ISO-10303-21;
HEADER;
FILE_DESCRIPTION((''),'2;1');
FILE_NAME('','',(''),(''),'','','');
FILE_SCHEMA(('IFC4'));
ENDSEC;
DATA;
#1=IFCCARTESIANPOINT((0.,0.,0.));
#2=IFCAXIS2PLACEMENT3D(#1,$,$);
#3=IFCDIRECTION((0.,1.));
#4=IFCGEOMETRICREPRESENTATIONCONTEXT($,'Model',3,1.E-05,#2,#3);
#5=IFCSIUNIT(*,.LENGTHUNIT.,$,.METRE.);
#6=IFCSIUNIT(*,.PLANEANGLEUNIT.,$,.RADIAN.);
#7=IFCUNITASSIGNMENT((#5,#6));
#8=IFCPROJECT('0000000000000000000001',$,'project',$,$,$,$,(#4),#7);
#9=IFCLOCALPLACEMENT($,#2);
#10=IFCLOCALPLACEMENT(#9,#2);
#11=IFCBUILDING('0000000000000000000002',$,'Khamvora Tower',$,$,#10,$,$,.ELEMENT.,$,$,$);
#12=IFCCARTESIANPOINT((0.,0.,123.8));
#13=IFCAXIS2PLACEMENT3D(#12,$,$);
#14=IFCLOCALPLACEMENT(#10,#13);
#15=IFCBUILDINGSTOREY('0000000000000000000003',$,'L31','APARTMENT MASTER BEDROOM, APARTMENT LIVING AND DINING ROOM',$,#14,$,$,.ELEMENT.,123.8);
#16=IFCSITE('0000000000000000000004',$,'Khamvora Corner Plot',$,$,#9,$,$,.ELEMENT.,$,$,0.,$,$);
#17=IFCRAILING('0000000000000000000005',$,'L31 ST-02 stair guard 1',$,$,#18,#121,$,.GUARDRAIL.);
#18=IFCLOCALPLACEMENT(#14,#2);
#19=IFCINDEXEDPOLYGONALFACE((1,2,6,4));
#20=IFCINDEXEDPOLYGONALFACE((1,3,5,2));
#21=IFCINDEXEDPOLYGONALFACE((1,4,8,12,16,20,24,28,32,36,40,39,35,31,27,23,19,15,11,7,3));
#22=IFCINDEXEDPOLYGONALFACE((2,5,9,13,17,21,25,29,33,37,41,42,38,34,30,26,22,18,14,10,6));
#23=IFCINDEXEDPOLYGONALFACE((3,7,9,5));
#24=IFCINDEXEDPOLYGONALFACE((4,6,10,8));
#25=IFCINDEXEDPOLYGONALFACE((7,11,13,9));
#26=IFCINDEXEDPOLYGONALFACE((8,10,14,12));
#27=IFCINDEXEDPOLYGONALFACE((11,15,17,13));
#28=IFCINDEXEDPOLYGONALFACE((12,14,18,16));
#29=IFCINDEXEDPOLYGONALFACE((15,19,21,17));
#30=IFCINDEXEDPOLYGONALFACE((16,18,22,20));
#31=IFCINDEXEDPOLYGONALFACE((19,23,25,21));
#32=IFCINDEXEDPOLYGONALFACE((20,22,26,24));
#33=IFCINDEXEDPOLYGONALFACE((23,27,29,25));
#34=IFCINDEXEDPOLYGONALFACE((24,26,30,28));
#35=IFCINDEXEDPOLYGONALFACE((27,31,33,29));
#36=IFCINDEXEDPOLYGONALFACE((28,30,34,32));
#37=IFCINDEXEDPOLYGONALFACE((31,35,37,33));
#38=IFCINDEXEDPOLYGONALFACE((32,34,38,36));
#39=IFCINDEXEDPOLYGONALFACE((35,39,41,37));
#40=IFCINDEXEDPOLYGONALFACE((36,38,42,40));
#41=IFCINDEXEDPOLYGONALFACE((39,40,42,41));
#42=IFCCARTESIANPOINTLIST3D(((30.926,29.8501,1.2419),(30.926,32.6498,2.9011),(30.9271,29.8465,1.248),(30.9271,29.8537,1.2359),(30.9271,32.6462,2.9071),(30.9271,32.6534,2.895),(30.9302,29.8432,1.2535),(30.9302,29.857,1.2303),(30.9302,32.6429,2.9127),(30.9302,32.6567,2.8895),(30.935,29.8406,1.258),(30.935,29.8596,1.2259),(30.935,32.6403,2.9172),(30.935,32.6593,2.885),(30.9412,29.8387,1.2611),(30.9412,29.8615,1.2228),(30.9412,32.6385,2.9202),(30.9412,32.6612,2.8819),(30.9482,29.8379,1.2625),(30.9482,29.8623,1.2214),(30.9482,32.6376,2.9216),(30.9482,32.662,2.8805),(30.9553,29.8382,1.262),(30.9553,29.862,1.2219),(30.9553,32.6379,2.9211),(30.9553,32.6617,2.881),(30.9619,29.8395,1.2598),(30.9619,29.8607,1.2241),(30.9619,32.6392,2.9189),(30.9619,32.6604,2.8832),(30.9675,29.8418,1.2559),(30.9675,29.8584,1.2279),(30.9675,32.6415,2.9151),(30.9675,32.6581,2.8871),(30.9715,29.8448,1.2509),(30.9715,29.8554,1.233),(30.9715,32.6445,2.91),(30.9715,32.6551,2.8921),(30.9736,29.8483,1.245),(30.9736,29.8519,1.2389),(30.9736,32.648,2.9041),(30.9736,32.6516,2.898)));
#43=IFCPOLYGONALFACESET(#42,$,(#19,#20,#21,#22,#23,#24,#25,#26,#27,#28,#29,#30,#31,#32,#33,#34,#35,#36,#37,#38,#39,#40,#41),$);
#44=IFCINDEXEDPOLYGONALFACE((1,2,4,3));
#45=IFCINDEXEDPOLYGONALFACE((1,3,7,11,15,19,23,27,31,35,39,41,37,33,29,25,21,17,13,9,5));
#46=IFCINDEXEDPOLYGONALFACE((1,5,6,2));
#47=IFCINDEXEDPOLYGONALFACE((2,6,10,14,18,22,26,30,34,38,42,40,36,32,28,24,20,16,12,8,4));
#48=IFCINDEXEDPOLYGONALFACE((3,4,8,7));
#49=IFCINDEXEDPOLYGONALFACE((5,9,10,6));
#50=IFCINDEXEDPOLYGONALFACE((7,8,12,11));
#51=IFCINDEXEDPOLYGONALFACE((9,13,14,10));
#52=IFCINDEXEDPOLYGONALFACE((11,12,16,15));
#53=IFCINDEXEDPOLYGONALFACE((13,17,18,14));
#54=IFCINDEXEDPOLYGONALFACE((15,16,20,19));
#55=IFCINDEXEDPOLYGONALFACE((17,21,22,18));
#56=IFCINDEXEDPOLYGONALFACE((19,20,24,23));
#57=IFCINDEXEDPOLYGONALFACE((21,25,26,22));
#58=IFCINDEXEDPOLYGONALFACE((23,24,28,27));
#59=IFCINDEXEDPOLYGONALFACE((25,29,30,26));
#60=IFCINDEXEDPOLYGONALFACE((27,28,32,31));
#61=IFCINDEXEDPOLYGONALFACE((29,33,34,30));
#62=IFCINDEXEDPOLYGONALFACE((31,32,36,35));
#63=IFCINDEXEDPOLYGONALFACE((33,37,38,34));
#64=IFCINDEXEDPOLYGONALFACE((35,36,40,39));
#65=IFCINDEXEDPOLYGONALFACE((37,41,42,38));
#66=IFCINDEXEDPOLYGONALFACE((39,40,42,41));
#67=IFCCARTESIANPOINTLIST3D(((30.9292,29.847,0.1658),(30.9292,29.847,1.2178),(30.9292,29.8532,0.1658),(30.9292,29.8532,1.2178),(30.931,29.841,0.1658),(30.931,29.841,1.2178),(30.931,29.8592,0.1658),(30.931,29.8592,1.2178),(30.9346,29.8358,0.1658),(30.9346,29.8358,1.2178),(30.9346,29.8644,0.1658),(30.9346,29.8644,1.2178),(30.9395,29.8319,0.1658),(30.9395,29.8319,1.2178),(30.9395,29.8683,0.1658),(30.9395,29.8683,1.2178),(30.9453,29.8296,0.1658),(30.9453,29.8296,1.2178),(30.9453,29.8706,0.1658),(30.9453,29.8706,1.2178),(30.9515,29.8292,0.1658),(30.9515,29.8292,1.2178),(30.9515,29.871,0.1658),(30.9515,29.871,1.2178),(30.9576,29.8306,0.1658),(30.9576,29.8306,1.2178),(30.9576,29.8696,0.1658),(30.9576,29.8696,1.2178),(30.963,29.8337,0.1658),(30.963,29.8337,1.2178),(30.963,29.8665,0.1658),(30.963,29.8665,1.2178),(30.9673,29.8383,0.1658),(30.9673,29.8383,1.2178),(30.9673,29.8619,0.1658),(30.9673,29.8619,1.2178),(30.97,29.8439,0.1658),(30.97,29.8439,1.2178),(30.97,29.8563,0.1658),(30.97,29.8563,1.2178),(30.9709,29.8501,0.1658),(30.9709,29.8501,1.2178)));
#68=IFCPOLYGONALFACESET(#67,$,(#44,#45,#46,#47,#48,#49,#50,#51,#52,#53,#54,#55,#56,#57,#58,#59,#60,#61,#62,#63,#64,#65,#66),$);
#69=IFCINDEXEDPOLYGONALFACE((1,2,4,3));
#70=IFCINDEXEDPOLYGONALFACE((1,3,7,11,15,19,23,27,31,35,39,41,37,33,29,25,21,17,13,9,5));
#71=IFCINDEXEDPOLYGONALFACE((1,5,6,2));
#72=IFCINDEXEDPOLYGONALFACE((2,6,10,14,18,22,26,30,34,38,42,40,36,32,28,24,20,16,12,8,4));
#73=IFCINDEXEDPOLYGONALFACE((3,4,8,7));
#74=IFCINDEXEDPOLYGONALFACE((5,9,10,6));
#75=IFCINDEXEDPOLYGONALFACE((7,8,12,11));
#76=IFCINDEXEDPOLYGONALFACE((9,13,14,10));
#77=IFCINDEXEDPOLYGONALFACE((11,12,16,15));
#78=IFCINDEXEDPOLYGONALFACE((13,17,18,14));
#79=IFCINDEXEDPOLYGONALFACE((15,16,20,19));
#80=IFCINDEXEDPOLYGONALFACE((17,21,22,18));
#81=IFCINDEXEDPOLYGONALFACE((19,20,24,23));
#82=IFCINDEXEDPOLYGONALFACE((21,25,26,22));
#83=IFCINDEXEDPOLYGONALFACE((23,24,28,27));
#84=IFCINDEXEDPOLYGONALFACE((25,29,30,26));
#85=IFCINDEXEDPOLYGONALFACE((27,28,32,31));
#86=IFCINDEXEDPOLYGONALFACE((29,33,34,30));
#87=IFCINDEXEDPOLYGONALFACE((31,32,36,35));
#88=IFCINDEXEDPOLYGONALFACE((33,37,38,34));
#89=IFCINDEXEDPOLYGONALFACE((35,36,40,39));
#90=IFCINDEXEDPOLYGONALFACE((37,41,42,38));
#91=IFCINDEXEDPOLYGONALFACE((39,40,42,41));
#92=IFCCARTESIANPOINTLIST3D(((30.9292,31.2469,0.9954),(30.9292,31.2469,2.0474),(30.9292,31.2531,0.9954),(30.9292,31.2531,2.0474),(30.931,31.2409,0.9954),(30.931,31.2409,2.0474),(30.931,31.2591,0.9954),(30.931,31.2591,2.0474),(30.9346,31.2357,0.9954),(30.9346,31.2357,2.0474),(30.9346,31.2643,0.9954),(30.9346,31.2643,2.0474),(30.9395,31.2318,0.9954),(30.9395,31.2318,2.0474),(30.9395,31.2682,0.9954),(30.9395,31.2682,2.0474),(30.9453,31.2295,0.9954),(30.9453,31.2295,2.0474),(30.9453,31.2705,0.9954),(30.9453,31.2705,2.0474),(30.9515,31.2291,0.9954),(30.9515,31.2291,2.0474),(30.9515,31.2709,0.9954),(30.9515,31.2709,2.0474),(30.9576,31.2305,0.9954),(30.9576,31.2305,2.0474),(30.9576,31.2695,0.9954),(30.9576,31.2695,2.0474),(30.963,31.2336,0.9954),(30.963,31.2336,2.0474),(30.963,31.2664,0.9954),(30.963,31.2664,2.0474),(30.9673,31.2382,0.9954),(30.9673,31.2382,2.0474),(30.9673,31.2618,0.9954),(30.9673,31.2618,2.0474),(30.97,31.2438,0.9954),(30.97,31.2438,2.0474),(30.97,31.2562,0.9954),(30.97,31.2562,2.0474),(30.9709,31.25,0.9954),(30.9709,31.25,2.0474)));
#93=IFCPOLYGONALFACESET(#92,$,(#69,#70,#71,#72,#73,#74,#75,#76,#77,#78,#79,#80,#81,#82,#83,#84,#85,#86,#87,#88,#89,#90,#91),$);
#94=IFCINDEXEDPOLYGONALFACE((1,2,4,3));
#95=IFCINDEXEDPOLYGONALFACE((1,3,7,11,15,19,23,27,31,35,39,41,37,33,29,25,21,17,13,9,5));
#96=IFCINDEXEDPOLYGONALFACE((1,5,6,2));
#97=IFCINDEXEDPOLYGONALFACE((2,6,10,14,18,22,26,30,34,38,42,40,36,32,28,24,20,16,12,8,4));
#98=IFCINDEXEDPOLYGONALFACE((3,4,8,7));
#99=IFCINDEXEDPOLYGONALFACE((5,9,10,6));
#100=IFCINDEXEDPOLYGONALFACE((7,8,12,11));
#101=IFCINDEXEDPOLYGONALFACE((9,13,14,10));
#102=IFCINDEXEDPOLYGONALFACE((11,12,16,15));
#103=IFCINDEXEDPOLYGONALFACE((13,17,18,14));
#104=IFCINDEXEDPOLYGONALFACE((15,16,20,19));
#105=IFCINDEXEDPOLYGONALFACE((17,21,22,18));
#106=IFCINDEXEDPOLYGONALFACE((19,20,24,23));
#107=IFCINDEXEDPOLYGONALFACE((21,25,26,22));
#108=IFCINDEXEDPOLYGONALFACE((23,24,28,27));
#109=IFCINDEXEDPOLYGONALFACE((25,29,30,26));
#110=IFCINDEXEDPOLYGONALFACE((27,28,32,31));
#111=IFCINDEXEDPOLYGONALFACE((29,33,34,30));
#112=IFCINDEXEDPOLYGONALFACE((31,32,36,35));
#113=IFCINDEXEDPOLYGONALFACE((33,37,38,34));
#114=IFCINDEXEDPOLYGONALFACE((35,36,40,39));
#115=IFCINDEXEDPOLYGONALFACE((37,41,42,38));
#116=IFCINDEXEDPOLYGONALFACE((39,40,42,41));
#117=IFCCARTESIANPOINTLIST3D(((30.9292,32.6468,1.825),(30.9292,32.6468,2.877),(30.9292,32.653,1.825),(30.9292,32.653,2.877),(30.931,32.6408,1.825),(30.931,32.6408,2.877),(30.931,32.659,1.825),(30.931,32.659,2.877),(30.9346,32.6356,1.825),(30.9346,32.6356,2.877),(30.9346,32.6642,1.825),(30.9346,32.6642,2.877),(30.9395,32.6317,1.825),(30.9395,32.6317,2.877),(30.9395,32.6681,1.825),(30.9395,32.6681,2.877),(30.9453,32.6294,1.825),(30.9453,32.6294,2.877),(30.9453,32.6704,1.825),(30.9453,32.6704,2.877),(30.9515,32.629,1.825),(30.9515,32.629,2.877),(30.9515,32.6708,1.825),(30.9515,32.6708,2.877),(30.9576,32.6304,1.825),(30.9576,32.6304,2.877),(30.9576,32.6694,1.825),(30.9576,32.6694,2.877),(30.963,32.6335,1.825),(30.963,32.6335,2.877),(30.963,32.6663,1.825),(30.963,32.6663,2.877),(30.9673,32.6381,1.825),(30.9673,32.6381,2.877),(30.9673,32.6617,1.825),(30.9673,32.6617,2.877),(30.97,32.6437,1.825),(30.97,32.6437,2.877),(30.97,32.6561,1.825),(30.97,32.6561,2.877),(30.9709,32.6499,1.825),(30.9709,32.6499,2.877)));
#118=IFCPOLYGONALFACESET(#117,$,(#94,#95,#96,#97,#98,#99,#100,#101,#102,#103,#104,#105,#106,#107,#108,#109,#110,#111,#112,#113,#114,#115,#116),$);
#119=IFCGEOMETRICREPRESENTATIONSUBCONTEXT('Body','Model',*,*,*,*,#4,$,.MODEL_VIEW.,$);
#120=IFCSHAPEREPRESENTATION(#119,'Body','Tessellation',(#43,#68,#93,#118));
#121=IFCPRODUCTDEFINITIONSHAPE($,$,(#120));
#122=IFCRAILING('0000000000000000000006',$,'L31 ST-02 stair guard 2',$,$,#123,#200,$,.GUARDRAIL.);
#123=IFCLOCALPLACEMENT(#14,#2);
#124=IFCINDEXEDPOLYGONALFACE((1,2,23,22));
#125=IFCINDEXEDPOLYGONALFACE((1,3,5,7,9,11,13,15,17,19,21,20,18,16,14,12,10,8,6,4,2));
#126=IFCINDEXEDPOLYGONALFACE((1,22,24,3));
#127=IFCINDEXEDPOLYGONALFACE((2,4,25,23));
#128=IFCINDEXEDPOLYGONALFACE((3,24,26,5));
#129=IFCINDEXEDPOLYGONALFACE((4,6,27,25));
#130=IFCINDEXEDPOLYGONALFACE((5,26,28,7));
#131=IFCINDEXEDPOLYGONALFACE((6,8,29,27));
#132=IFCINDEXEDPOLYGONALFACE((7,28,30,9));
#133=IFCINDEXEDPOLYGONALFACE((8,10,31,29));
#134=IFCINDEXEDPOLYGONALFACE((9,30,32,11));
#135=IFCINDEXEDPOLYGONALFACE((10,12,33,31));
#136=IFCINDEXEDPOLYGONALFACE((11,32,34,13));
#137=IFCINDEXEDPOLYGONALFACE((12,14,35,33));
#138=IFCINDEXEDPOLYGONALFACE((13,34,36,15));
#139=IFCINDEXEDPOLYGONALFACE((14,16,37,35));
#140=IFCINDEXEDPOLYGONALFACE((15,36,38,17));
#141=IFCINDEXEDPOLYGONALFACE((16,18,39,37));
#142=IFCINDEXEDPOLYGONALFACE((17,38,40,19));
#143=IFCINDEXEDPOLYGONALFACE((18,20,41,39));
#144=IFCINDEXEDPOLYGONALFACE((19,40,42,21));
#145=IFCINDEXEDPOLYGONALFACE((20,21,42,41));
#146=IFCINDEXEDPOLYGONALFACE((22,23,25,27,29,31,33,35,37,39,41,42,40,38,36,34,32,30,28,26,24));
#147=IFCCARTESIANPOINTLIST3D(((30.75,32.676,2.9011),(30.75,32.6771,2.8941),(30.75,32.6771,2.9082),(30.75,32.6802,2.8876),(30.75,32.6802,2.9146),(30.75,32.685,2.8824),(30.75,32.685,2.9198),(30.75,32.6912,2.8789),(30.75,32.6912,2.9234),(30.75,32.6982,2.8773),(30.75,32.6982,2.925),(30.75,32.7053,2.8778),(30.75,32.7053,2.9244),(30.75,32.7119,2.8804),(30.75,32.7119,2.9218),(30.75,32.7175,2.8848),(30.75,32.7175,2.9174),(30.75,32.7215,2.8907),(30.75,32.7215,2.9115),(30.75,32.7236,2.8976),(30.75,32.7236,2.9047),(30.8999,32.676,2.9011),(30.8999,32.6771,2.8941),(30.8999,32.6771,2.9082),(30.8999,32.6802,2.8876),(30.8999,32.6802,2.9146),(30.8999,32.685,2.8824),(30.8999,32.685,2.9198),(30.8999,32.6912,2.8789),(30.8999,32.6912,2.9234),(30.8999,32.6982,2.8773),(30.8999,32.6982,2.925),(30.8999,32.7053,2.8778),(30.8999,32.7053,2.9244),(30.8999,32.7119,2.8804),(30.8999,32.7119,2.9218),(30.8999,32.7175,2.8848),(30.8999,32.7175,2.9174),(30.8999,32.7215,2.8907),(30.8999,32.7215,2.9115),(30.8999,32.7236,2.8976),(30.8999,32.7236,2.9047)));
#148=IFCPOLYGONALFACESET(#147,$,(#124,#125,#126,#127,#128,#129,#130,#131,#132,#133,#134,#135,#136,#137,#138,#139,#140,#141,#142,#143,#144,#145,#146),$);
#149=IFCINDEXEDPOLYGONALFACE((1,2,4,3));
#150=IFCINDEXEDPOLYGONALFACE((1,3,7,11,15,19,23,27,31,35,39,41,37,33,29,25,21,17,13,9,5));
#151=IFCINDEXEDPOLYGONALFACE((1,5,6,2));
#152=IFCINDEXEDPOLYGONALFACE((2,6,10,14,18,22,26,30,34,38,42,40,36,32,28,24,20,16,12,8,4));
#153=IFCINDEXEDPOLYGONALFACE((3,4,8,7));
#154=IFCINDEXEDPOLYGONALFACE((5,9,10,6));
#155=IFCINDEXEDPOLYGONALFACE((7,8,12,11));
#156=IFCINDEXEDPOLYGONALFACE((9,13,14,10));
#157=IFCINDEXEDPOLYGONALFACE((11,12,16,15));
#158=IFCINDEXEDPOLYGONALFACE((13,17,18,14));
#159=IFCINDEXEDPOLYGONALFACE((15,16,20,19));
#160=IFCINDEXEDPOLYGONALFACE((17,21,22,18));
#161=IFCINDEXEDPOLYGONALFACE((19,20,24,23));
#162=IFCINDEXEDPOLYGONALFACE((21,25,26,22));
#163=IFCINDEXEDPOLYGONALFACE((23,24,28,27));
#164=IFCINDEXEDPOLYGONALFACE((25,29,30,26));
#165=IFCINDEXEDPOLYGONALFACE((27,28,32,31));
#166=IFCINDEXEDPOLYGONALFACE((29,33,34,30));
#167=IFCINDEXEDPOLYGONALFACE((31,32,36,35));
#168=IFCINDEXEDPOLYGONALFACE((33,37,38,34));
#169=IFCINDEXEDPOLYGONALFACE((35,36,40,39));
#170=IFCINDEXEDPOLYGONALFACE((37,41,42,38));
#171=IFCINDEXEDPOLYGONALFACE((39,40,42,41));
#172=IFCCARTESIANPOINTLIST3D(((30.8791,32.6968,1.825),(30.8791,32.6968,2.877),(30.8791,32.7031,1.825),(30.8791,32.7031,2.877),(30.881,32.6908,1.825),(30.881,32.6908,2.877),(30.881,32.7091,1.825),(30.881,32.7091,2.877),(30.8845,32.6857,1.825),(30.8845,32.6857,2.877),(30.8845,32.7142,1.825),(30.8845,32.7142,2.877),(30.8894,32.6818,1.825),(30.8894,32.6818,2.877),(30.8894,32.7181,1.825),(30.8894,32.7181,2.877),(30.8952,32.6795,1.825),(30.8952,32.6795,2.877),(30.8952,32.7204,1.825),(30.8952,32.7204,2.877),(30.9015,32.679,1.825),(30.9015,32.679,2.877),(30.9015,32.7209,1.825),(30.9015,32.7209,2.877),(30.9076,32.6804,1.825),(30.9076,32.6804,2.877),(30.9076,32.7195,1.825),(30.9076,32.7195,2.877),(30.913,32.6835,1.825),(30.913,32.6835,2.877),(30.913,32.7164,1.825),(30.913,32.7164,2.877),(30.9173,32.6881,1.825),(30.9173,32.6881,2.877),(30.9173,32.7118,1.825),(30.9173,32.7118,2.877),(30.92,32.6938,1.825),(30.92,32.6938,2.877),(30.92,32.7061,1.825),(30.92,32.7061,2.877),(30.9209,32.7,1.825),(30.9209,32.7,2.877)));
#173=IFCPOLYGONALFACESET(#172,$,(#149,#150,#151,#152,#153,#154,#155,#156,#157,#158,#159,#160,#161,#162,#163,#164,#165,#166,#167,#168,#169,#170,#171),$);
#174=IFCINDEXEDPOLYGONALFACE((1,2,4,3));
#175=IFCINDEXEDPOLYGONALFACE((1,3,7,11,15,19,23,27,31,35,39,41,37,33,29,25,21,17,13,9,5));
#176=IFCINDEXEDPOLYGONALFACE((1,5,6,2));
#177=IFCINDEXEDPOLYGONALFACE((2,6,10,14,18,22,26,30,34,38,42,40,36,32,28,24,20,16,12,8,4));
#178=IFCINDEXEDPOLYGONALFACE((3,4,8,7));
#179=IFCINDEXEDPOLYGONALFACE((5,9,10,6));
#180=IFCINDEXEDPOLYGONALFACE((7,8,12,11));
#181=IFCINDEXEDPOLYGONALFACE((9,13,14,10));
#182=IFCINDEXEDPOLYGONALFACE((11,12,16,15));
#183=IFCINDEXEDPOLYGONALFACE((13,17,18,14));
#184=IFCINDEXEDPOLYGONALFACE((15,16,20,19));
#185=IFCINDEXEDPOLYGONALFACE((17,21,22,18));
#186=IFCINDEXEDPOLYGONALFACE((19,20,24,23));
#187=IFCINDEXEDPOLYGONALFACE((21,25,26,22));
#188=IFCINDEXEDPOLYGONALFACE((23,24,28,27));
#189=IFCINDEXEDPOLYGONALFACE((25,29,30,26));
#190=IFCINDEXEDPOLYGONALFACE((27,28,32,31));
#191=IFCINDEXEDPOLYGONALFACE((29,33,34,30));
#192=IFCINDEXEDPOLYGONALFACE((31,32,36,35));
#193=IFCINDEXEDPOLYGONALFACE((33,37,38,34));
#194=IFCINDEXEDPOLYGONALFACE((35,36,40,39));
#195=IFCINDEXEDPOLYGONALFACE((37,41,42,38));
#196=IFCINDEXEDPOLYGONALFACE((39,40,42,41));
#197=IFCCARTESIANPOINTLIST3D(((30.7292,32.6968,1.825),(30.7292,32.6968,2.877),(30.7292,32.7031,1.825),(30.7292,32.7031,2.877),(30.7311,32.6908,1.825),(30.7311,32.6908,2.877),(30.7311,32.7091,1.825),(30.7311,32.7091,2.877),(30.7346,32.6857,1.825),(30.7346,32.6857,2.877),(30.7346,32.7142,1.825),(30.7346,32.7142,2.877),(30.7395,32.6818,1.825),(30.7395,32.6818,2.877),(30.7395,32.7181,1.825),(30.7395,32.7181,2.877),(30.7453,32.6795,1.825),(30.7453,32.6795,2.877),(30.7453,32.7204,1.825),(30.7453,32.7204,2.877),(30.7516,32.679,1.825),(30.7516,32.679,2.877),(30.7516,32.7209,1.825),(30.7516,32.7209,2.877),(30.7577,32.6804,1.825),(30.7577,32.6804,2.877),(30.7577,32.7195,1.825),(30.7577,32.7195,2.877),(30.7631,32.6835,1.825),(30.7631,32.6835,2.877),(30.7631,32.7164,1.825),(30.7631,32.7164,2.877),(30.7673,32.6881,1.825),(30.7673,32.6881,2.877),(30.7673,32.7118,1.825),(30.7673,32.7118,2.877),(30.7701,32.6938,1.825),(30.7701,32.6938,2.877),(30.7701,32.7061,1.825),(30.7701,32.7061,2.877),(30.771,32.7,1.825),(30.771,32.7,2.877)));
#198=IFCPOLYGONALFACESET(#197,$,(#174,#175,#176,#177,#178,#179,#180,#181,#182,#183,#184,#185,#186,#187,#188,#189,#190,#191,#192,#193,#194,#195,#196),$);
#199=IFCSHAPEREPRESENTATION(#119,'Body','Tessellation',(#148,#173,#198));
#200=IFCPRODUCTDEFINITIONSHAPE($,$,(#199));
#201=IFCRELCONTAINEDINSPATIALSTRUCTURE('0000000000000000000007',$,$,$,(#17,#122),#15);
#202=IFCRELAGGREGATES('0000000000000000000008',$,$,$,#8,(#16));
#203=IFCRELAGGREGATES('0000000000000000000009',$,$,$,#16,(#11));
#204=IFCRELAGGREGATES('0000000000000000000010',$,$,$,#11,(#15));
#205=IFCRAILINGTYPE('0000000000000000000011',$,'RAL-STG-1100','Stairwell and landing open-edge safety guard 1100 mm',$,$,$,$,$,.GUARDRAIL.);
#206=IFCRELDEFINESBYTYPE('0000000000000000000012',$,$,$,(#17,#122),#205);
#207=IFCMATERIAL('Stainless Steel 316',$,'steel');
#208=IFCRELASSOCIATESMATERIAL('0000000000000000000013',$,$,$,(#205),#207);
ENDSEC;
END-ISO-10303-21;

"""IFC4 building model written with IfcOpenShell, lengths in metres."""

from ifc_helpers import new_model, si_unit, direction, frame, origin, origin_2d, place, context, subcontext, project, spatial, circle, extrude, material, type_object, element, save


model = new_model("IFC4")

# Units and contexts
model_context = context("Model", 3, precision=1e-05, world=origin(), true_north=direction((0.0, 1.0)))
body_context = subcontext(model_context, "Body", "Model", "MODEL_VIEW")
ifc_project = project(units=[si_unit("LENGTHUNIT", "METRE"), si_unit("PLANEANGLEUNIT", "RADIAN")], contexts=[model_context])

# Site, building, storey
site_placement = place(None, origin())
site = spatial("IfcSite", under=ifc_project, at=site_placement, Name="Khamvora Corner Plot", CompositionType="ELEMENT", RefElevation=0.0)
building_placement = place(site_placement, origin())
building = spatial("IfcBuilding", under=site, at=building_placement, Name="Khamvora Tower", CompositionType="ELEMENT")
storey_placement = place(building_placement, frame((0.0, 0.0, 123.8)))
storey = spatial("IfcBuildingStorey", under=building, at=storey_placement, Name="L31", Description="APARTMENT MASTER BEDROOM, APARTMENT LIVING AND DINING ROOM", CompositionType="ELEMENT", Elevation=123.8)

# Railings
ifc_material_1 = material(Name="Stainless Steel 316", Category="steel")
railing_type_1 = type_object("IfcRailingType", Name="RAL-STG-1100", Description="Stairwell and landing open-edge safety guard 1100 mm", PredefinedType="GUARDRAIL", material=ifc_material_1)
railing_1_placement = place(storey_placement, frame((30.95, 29.8501, 0.1658)))
element("IfcRailing", 1, at=railing_1_placement, inside=storey, type_object=railing_type_1, Name="L31 ST-02 stair guard 1", PredefinedType="GUARDRAIL", context=body_context, shape_type="SweptSolid", body=[
    extrude(circle(Radius=0.0239, at=origin_2d()), frame((0.0, 0.0, 1.0762), z_axis=(0.0, 0.860287, 0.509811), x_axis=(-1.0, 0.0, 0.0)), (0.0, 0.0, 1.0), 3.2544),
    extrude(circle(Radius=0.021, at=origin_2d()), origin(), (0.0, 0.0, 1.0), 1.052),
    extrude(circle(Radius=0.021, at=origin_2d()), frame((0.0, 1.3999, 0.8296)), (0.0, 0.0, 1.0), 1.052),
    extrude(circle(Radius=0.021, at=origin_2d()), frame((0.0, 2.7998, 1.6592)), (0.0, 0.0, 1.0), 1.052),
])
railing_2_placement = place(storey_placement, frame((30.8999, 32.7, 1.825)))
element("IfcRailing", 2, at=railing_2_placement, inside=storey, type_object=railing_type_1, Name="L31 ST-02 stair guard 2", PredefinedType="GUARDRAIL", context=body_context, shape_type="SweptSolid", body=[
    extrude(circle(Radius=0.0239, at=origin_2d()), frame((0.0, 0.0, 1.0762), z_axis=(-1.0, 0.0, 0.0), x_axis=(0.0, -1.0, 0.0)), (0.0, 0.0, 1.0), 0.1499),
    extrude(circle(Radius=0.021, at=origin_2d()), origin(), (0.0, 0.0, 1.0), 1.052),
    extrude(circle(Radius=0.021, at=origin_2d()), frame((-0.1499, 0.0, 0.0)), (0.0, 0.0, 1.0), 1.052),
])

save(model, "model.ifc")
